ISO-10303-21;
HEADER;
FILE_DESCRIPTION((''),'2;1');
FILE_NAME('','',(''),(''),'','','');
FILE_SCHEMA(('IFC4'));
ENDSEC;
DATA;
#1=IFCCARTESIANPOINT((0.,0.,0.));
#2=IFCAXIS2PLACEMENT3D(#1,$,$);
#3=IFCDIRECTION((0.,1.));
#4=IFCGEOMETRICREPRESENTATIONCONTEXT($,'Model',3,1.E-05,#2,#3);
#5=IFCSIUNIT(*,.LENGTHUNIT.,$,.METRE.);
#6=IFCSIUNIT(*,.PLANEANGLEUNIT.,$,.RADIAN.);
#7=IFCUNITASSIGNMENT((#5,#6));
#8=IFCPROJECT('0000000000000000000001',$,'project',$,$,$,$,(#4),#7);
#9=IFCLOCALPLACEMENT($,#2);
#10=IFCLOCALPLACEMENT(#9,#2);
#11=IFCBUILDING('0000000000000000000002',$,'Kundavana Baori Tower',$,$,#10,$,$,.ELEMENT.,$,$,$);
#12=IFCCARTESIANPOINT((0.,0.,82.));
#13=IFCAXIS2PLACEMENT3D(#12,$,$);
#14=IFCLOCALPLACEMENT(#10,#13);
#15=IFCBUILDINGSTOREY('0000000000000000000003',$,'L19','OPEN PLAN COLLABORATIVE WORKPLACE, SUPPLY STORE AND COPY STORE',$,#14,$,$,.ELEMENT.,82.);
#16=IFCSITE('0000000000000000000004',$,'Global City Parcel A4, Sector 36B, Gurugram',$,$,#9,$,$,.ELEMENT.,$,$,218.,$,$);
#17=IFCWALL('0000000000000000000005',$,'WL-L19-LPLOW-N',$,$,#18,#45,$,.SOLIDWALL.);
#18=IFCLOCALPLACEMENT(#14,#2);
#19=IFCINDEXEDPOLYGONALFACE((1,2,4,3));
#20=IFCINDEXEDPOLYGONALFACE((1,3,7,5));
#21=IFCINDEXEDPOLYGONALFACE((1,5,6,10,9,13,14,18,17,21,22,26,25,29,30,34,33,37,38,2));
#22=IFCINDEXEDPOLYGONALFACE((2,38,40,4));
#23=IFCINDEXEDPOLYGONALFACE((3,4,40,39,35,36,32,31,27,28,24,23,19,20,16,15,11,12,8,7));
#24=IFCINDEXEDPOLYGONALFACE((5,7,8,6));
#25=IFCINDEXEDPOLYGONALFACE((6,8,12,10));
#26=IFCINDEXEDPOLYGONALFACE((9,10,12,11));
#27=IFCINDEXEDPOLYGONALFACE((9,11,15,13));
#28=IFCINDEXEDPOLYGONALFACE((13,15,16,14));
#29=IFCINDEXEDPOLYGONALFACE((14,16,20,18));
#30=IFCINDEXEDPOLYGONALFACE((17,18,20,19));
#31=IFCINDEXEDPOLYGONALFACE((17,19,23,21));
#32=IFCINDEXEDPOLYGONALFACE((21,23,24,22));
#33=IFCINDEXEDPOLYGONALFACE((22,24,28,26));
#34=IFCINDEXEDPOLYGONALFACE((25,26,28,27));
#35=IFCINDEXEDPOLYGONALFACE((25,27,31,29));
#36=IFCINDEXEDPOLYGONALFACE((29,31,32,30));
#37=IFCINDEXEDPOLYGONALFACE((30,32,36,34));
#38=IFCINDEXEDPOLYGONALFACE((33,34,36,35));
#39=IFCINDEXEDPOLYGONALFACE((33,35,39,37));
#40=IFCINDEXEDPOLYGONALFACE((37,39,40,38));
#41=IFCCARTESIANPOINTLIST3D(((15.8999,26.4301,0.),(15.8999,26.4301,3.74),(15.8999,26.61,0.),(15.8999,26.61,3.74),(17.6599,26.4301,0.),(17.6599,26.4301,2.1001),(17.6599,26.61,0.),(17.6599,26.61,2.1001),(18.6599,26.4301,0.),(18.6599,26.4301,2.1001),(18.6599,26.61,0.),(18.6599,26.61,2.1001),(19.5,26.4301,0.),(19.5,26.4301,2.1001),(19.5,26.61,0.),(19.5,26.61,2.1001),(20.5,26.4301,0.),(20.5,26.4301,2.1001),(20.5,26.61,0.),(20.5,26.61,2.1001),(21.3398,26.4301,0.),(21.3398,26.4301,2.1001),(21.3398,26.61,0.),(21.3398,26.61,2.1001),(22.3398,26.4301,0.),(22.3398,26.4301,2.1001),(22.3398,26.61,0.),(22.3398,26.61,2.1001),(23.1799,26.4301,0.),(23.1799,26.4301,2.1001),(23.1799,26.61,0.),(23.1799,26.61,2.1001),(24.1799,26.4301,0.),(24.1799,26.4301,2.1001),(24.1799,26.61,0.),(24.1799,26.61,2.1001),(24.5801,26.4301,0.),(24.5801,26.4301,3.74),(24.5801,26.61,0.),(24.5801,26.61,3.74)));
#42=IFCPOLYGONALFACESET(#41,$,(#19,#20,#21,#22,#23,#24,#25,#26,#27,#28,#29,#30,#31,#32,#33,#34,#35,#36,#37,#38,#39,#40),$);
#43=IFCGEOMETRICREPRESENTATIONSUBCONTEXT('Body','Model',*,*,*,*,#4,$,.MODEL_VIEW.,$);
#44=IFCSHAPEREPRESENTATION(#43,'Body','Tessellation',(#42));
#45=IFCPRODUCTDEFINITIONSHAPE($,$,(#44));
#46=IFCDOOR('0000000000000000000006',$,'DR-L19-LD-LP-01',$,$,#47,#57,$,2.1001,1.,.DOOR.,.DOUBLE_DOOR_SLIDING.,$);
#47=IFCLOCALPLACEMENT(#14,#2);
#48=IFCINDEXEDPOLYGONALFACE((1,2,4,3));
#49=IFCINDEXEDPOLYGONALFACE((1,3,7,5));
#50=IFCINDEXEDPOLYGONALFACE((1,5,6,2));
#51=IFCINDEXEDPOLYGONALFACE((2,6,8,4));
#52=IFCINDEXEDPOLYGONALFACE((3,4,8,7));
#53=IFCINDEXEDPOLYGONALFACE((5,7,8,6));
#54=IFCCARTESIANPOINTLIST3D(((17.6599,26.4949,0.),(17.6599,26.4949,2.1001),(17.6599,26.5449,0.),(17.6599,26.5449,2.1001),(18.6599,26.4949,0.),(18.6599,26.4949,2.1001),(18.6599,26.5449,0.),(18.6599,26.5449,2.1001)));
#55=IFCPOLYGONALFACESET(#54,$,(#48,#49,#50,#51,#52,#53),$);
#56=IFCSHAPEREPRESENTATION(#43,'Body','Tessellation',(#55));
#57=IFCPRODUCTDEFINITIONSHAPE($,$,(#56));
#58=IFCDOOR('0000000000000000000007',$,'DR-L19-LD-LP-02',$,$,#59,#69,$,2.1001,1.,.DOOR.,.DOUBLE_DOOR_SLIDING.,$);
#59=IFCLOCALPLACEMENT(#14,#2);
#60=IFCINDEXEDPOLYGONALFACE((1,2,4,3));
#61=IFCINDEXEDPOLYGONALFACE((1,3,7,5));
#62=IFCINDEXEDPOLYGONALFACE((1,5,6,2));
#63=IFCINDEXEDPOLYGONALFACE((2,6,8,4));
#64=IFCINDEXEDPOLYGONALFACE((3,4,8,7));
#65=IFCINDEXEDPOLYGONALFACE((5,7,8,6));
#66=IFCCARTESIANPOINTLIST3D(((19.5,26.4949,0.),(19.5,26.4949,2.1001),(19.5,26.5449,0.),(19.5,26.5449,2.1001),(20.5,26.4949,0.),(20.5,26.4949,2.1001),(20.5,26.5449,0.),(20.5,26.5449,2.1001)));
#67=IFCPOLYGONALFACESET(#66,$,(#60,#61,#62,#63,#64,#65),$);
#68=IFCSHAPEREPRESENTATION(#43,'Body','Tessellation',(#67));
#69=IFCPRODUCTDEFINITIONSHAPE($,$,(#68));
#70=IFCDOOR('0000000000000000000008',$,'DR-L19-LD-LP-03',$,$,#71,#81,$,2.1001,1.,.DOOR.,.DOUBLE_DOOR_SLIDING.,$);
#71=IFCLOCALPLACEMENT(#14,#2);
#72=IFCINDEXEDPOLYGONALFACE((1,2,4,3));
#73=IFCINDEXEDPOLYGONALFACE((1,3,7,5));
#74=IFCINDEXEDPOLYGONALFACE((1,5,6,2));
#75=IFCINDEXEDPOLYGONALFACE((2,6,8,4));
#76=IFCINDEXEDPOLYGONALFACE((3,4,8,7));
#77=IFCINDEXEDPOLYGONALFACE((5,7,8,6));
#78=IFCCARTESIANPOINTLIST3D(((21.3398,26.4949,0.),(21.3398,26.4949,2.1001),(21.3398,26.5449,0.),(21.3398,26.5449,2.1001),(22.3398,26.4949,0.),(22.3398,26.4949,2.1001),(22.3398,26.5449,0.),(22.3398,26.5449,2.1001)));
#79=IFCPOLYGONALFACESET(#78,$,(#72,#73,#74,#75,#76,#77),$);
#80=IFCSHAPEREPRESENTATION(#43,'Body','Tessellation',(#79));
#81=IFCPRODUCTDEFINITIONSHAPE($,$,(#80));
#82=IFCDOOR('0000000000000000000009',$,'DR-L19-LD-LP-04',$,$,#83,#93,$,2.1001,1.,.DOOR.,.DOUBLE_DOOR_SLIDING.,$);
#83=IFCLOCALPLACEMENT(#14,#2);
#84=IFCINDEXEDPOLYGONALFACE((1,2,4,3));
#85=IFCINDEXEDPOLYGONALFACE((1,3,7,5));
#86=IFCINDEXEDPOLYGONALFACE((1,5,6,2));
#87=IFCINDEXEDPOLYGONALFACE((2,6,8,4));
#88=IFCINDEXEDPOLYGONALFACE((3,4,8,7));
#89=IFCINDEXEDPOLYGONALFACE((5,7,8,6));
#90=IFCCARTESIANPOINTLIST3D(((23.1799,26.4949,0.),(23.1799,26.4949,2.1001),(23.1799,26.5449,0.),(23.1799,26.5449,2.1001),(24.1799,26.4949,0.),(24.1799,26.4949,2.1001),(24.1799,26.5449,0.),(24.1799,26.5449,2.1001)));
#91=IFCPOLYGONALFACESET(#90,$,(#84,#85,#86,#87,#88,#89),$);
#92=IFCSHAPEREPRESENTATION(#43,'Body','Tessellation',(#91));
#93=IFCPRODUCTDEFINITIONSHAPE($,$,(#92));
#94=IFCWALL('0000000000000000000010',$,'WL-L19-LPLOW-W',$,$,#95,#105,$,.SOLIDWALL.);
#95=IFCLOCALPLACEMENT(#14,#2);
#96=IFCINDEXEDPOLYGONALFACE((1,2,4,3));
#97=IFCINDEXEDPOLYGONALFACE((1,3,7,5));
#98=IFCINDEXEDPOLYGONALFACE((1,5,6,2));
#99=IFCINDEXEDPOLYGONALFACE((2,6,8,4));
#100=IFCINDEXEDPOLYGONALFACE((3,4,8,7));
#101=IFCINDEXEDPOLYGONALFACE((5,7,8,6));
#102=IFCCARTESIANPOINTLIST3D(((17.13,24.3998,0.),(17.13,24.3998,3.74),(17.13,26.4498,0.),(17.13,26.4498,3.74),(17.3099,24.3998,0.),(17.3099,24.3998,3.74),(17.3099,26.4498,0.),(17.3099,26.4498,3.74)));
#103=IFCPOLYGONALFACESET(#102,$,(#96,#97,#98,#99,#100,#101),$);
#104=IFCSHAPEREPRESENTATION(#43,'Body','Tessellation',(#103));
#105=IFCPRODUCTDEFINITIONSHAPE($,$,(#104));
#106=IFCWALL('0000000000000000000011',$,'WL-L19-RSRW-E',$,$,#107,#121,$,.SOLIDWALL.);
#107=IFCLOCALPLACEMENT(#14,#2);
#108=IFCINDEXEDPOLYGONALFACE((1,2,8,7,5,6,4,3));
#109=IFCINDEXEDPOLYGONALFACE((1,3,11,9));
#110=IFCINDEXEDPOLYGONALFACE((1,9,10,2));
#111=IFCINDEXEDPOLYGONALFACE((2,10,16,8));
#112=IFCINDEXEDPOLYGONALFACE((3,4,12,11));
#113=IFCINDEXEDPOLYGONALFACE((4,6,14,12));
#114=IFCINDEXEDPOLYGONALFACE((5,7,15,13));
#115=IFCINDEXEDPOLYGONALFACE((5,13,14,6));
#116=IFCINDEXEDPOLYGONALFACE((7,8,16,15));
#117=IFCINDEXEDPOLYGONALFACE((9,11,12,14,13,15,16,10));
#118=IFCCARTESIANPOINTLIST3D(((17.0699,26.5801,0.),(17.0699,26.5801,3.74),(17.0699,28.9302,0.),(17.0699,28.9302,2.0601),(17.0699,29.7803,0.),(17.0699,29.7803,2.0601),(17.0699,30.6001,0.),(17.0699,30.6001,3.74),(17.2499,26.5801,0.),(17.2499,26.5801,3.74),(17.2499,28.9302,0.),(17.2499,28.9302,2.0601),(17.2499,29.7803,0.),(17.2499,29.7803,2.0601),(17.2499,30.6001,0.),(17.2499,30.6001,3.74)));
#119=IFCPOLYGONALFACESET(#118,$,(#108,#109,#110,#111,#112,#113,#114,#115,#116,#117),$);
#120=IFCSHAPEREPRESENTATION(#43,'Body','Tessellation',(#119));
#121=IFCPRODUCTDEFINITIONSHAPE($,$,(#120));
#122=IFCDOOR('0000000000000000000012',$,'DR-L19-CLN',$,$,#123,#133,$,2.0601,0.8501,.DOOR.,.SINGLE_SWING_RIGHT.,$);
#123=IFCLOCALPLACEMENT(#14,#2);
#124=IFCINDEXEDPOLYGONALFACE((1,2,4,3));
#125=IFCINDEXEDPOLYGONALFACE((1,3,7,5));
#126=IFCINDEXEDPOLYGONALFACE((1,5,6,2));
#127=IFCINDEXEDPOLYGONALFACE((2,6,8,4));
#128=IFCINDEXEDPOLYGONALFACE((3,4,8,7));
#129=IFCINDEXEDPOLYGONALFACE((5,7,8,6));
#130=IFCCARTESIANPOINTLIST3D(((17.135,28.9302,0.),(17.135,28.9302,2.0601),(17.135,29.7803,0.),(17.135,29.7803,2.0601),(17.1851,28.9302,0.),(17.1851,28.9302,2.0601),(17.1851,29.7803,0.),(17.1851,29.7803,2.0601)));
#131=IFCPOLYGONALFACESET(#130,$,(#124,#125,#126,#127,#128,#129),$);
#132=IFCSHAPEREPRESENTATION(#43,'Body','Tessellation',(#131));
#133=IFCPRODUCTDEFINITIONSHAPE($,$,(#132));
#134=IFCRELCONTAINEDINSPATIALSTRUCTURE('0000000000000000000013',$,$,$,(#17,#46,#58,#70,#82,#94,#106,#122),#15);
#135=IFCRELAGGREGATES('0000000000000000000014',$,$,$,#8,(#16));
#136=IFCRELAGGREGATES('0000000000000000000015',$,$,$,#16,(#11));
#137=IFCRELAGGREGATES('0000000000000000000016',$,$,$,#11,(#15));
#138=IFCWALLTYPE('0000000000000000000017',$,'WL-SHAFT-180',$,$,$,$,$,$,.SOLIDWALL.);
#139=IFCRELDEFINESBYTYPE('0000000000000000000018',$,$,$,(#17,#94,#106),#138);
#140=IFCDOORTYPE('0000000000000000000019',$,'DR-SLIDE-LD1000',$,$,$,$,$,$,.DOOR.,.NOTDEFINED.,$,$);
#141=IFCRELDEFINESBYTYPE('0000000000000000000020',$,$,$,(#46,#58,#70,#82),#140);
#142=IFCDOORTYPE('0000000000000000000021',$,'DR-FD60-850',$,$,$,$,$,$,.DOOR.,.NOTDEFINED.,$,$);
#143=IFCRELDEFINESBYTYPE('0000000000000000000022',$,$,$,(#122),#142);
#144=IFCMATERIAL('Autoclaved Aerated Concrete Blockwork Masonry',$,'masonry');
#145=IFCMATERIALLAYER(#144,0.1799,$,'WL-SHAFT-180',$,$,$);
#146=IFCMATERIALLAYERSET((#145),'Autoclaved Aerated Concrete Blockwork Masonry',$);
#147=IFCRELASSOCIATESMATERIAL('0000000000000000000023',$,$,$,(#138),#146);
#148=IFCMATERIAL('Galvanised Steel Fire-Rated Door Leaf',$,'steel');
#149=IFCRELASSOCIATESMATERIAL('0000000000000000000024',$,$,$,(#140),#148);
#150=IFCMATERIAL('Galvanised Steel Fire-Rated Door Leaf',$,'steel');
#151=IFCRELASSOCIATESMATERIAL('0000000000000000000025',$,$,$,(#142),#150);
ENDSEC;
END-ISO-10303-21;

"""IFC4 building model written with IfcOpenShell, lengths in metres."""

from ifc_helpers import new_model, si_unit, direction, frame, frame_2d, origin, place, context, subcontext, project, spatial, rectangle, extrude, material, layer, layer_set, type_object, element, fill, save


model = new_model("IFC4")

# Units and contexts
model_context = context("Model", 3, precision=1e-05, world=origin(), true_north=direction((0.0, 1.0)))
body_context = subcontext(model_context, "Body", "Model", "MODEL_VIEW")
ifc_project = project(units=[si_unit("LENGTHUNIT", "METRE"), si_unit("PLANEANGLEUNIT", "RADIAN")], contexts=[model_context])

# Site, building, storey
site_placement = place(None, origin())
site = spatial("IfcSite", under=ifc_project, at=site_placement, Name="Global City Parcel A4, Sector 36B, Gurugram", CompositionType="ELEMENT", RefElevation=218.0)
building_placement = place(site_placement, origin())
building = spatial("IfcBuilding", under=site, at=building_placement, Name="Kundavana Baori Tower", CompositionType="ELEMENT")
storey_placement = place(building_placement, frame((0.0, 0.0, 82.0)))
storey = spatial("IfcBuildingStorey", under=building, at=storey_placement, Name="L19", Description="OPEN PLAN COLLABORATIVE WORKPLACE, SUPPLY STORE AND COPY STORE", CompositionType="ELEMENT", Elevation=82.0)

# Wall, openings, doors
ifc_material_1 = material(Name="Autoclaved Aerated Concrete Blockwork Masonry", Category="masonry")
ifc_layer_1 = layer(ifc_material_1, 0.1799, Name="WL-SHAFT-180")
ifc_layer_set_1 = layer_set([ifc_layer_1], Name="Autoclaved Aerated Concrete Blockwork Masonry")
wall_type_1 = type_object("IfcWallType", Name="WL-SHAFT-180", PredefinedType="SOLIDWALL", material=ifc_layer_set_1)
wall_1_placement = place(storey_placement, frame((15.8999, 26.52, 0.0), z_axis=(0.0, 0.0, 1.0), x_axis=(1.0, 0.0, 0.0)))
wall_1 = element("IfcWall", 1, at=wall_1_placement, inside=storey, type_object=wall_type_1, Name="WL-L19-LPLOW-N", PredefinedType="SOLIDWALL", context=body_context, shape_type="SweptSolid", body=[
    extrude(rectangle(XDim=8.6802, YDim=0.1799, at=frame_2d((4.3401, 0.0))), origin(), (0.0, 0.0, 1.0), 3.74),
])
opening_1_placement = place(wall_1_placement, frame((1.76, 0.0, 0.0)))
opening_1 = element("IfcOpeningElement", 2, at=opening_1_placement, cuts=wall_1, PredefinedType="OPENING", context=body_context, shape_type="SweptSolid", body=[
    extrude(rectangle(XDim=1.0, YDim=2.1001, at=frame_2d((0.5, 1.05))), frame((0.0, 0.1001, 0.0), z_axis=(0.0, -1.0, 0.0), x_axis=(1.0, 0.0, 0.0)), (0.0, 0.0, 1.0), 0.2),
])
opening_2_placement = place(wall_1_placement, frame((3.6001, 0.0, 0.0)))
opening_2 = element("IfcOpeningElement", 3, at=opening_2_placement, cuts=wall_1, PredefinedType="OPENING", context=body_context, shape_type="SweptSolid", body=[
    extrude(rectangle(XDim=1.0, YDim=2.1001, at=frame_2d((0.5, 1.05))), frame((0.0, 0.1001, 0.0), z_axis=(0.0, -1.0, 0.0), x_axis=(1.0, 0.0, 0.0)), (0.0, 0.0, 1.0), 0.2),
])
opening_3_placement = place(wall_1_placement, frame((5.4399, 0.0, 0.0)))
opening_3 = element("IfcOpeningElement", 4, at=opening_3_placement, cuts=wall_1, PredefinedType="OPENING", context=body_context, shape_type="SweptSolid", body=[
    extrude(rectangle(XDim=1.0, YDim=2.1001, at=frame_2d((0.5, 1.05))), frame((0.0, 0.1001, 0.0), z_axis=(0.0, -1.0, 0.0), x_axis=(1.0, 0.0, 0.0)), (0.0, 0.0, 1.0), 0.2),
])
opening_4_placement = place(wall_1_placement, frame((7.28, 0.0, 0.0)))
opening_4 = element("IfcOpeningElement", 5, at=opening_4_placement, cuts=wall_1, PredefinedType="OPENING", context=body_context, shape_type="SweptSolid", body=[
    extrude(rectangle(XDim=1.0, YDim=2.1001, at=frame_2d((0.5, 1.05))), frame((0.0, 0.1001, 0.0), z_axis=(0.0, -1.0, 0.0), x_axis=(1.0, 0.0, 0.0)), (0.0, 0.0, 1.0), 0.2),
])
ifc_material_2 = material(Name="Galvanised Steel Fire-Rated Door Leaf", Category="steel")
door_type_1 = type_object("IfcDoorType", Name="DR-SLIDE-LD1000", OperationType="NOTDEFINED", PredefinedType="DOOR", material=ifc_material_2)
door_1_placement = place(opening_1_placement, origin())
door_1 = element("IfcDoor", 6, at=door_1_placement, inside=storey, type_object=door_type_1, Name="DR-L19-LD-LP-01", OperationType="DOUBLE_DOOR_SLIDING", OverallHeight=2.1001, OverallWidth=1.0, PredefinedType="DOOR", context=body_context, shape_type="SweptSolid", body=[
    extrude(rectangle(XDim=1.0, YDim=2.1001, at=frame_2d((0.5, 1.05))), frame((0.0, 0.0249, 0.0), z_axis=(0.0, -1.0, 0.0), x_axis=(1.0, 0.0, 0.0)), (0.0, 0.0, 1.0), 0.05),
])
fill(opening_1, door_1)
door_2_placement = place(opening_2_placement, origin())
door_2 = element("IfcDoor", 7, at=door_2_placement, inside=storey, type_object=door_type_1, Name="DR-L19-LD-LP-02", OperationType="DOUBLE_DOOR_SLIDING", OverallHeight=2.1001, OverallWidth=1.0, PredefinedType="DOOR", context=body_context, shape_type="SweptSolid", body=[
    extrude(rectangle(XDim=1.0, YDim=2.1001, at=frame_2d((0.5, 1.05))), frame((0.0, 0.0249, 0.0), z_axis=(0.0, -1.0, 0.0), x_axis=(1.0, 0.0, 0.0)), (0.0, 0.0, 1.0), 0.05),
])
fill(opening_2, door_2)
door_3_placement = place(opening_3_placement, origin())
door_3 = element("IfcDoor", 8, at=door_3_placement, inside=storey, type_object=door_type_1, Name="DR-L19-LD-LP-03", OperationType="DOUBLE_DOOR_SLIDING", OverallHeight=2.1001, OverallWidth=1.0, PredefinedType="DOOR", context=body_context, shape_type="SweptSolid", body=[
    extrude(rectangle(XDim=1.0, YDim=2.1001, at=frame_2d((0.5, 1.05))), frame((0.0, 0.0249, 0.0), z_axis=(0.0, -1.0, 0.0), x_axis=(1.0, 0.0, 0.0)), (0.0, 0.0, 1.0), 0.05),
])
fill(opening_3, door_3)
door_4_placement = place(opening_4_placement, origin())
door_4 = element("IfcDoor", 9, at=door_4_placement, inside=storey, type_object=door_type_1, Name="DR-L19-LD-LP-04", OperationType="DOUBLE_DOOR_SLIDING", OverallHeight=2.1001, OverallWidth=1.0, PredefinedType="DOOR", context=body_context, shape_type="SweptSolid", body=[
    extrude(rectangle(XDim=1.0, YDim=2.1001, at=frame_2d((0.5, 1.05))), frame((0.0, 0.0249, 0.0), z_axis=(0.0, -1.0, 0.0), x_axis=(1.0, 0.0, 0.0)), (0.0, 0.0, 1.0), 0.05),
])
fill(opening_4, door_4)

# Wall
wall_2_placement = place(storey_placement, frame((17.22, 24.3999, 0.0), z_axis=(0.0, 0.0, 1.0), x_axis=(0.0, 1.0, 0.0)))
element("IfcWall", 10, at=wall_2_placement, inside=storey, type_object=wall_type_1, Name="WL-L19-LPLOW-W", PredefinedType="SOLIDWALL", context=body_context, shape_type="SweptSolid", body=[
    extrude(rectangle(XDim=2.05, YDim=0.1799, at=frame_2d((1.0249, 0.0))), origin(), (0.0, 0.0, 1.0), 3.74),
])

# Wall, opening, door
wall_3_placement = place(storey_placement, frame((17.1599, 26.5801, 0.0), z_axis=(0.0, 0.0, 1.0), x_axis=(0.0, 1.0, 0.0)))
wall_3 = element("IfcWall", 11, at=wall_3_placement, inside=storey, type_object=wall_type_1, Name="WL-L19-RSRW-E", PredefinedType="SOLIDWALL", context=body_context, shape_type="SweptSolid", body=[
    extrude(rectangle(XDim=4.02, YDim=0.1799, at=frame_2d((2.01, 0.0))), origin(), (0.0, 0.0, 1.0), 3.74),
])
opening_5_placement = place(wall_3_placement, frame((2.3501, 0.0, 0.0)))
opening_5 = element("IfcOpeningElement", 12, at=opening_5_placement, cuts=wall_3, PredefinedType="OPENING", context=body_context, shape_type="SweptSolid", body=[
    extrude(rectangle(XDim=0.8501, YDim=2.0601, at=frame_2d((0.425, 1.03))), frame((0.0, 0.1001, 0.0), z_axis=(0.0, -1.0, 0.0), x_axis=(1.0, 0.0, 0.0)), (0.0, 0.0, 1.0), 0.2),
])
ifc_material_3 = material(Name="Galvanised Steel Fire-Rated Door Leaf", Category="steel")
door_type_2 = type_object("IfcDoorType", Name="DR-FD60-850", OperationType="NOTDEFINED", PredefinedType="DOOR", material=ifc_material_3)
door_5_placement = place(opening_5_placement, origin())
door_5 = element("IfcDoor", 13, at=door_5_placement, inside=storey, type_object=door_type_2, Name="DR-L19-CLN", OperationType="SINGLE_SWING_RIGHT", OverallHeight=2.0601, OverallWidth=0.8501, PredefinedType="DOOR", context=body_context, shape_type="SweptSolid", body=[
    extrude(rectangle(XDim=0.8501, YDim=2.0601, at=frame_2d((0.425, 1.03))), frame((0.0, 0.0249, 0.0), z_axis=(0.0, -1.0, 0.0), x_axis=(1.0, 0.0, 0.0)), (0.0, 0.0, 1.0), 0.05),
])
fill(opening_5, door_5)

save(model, "model.ifc")
